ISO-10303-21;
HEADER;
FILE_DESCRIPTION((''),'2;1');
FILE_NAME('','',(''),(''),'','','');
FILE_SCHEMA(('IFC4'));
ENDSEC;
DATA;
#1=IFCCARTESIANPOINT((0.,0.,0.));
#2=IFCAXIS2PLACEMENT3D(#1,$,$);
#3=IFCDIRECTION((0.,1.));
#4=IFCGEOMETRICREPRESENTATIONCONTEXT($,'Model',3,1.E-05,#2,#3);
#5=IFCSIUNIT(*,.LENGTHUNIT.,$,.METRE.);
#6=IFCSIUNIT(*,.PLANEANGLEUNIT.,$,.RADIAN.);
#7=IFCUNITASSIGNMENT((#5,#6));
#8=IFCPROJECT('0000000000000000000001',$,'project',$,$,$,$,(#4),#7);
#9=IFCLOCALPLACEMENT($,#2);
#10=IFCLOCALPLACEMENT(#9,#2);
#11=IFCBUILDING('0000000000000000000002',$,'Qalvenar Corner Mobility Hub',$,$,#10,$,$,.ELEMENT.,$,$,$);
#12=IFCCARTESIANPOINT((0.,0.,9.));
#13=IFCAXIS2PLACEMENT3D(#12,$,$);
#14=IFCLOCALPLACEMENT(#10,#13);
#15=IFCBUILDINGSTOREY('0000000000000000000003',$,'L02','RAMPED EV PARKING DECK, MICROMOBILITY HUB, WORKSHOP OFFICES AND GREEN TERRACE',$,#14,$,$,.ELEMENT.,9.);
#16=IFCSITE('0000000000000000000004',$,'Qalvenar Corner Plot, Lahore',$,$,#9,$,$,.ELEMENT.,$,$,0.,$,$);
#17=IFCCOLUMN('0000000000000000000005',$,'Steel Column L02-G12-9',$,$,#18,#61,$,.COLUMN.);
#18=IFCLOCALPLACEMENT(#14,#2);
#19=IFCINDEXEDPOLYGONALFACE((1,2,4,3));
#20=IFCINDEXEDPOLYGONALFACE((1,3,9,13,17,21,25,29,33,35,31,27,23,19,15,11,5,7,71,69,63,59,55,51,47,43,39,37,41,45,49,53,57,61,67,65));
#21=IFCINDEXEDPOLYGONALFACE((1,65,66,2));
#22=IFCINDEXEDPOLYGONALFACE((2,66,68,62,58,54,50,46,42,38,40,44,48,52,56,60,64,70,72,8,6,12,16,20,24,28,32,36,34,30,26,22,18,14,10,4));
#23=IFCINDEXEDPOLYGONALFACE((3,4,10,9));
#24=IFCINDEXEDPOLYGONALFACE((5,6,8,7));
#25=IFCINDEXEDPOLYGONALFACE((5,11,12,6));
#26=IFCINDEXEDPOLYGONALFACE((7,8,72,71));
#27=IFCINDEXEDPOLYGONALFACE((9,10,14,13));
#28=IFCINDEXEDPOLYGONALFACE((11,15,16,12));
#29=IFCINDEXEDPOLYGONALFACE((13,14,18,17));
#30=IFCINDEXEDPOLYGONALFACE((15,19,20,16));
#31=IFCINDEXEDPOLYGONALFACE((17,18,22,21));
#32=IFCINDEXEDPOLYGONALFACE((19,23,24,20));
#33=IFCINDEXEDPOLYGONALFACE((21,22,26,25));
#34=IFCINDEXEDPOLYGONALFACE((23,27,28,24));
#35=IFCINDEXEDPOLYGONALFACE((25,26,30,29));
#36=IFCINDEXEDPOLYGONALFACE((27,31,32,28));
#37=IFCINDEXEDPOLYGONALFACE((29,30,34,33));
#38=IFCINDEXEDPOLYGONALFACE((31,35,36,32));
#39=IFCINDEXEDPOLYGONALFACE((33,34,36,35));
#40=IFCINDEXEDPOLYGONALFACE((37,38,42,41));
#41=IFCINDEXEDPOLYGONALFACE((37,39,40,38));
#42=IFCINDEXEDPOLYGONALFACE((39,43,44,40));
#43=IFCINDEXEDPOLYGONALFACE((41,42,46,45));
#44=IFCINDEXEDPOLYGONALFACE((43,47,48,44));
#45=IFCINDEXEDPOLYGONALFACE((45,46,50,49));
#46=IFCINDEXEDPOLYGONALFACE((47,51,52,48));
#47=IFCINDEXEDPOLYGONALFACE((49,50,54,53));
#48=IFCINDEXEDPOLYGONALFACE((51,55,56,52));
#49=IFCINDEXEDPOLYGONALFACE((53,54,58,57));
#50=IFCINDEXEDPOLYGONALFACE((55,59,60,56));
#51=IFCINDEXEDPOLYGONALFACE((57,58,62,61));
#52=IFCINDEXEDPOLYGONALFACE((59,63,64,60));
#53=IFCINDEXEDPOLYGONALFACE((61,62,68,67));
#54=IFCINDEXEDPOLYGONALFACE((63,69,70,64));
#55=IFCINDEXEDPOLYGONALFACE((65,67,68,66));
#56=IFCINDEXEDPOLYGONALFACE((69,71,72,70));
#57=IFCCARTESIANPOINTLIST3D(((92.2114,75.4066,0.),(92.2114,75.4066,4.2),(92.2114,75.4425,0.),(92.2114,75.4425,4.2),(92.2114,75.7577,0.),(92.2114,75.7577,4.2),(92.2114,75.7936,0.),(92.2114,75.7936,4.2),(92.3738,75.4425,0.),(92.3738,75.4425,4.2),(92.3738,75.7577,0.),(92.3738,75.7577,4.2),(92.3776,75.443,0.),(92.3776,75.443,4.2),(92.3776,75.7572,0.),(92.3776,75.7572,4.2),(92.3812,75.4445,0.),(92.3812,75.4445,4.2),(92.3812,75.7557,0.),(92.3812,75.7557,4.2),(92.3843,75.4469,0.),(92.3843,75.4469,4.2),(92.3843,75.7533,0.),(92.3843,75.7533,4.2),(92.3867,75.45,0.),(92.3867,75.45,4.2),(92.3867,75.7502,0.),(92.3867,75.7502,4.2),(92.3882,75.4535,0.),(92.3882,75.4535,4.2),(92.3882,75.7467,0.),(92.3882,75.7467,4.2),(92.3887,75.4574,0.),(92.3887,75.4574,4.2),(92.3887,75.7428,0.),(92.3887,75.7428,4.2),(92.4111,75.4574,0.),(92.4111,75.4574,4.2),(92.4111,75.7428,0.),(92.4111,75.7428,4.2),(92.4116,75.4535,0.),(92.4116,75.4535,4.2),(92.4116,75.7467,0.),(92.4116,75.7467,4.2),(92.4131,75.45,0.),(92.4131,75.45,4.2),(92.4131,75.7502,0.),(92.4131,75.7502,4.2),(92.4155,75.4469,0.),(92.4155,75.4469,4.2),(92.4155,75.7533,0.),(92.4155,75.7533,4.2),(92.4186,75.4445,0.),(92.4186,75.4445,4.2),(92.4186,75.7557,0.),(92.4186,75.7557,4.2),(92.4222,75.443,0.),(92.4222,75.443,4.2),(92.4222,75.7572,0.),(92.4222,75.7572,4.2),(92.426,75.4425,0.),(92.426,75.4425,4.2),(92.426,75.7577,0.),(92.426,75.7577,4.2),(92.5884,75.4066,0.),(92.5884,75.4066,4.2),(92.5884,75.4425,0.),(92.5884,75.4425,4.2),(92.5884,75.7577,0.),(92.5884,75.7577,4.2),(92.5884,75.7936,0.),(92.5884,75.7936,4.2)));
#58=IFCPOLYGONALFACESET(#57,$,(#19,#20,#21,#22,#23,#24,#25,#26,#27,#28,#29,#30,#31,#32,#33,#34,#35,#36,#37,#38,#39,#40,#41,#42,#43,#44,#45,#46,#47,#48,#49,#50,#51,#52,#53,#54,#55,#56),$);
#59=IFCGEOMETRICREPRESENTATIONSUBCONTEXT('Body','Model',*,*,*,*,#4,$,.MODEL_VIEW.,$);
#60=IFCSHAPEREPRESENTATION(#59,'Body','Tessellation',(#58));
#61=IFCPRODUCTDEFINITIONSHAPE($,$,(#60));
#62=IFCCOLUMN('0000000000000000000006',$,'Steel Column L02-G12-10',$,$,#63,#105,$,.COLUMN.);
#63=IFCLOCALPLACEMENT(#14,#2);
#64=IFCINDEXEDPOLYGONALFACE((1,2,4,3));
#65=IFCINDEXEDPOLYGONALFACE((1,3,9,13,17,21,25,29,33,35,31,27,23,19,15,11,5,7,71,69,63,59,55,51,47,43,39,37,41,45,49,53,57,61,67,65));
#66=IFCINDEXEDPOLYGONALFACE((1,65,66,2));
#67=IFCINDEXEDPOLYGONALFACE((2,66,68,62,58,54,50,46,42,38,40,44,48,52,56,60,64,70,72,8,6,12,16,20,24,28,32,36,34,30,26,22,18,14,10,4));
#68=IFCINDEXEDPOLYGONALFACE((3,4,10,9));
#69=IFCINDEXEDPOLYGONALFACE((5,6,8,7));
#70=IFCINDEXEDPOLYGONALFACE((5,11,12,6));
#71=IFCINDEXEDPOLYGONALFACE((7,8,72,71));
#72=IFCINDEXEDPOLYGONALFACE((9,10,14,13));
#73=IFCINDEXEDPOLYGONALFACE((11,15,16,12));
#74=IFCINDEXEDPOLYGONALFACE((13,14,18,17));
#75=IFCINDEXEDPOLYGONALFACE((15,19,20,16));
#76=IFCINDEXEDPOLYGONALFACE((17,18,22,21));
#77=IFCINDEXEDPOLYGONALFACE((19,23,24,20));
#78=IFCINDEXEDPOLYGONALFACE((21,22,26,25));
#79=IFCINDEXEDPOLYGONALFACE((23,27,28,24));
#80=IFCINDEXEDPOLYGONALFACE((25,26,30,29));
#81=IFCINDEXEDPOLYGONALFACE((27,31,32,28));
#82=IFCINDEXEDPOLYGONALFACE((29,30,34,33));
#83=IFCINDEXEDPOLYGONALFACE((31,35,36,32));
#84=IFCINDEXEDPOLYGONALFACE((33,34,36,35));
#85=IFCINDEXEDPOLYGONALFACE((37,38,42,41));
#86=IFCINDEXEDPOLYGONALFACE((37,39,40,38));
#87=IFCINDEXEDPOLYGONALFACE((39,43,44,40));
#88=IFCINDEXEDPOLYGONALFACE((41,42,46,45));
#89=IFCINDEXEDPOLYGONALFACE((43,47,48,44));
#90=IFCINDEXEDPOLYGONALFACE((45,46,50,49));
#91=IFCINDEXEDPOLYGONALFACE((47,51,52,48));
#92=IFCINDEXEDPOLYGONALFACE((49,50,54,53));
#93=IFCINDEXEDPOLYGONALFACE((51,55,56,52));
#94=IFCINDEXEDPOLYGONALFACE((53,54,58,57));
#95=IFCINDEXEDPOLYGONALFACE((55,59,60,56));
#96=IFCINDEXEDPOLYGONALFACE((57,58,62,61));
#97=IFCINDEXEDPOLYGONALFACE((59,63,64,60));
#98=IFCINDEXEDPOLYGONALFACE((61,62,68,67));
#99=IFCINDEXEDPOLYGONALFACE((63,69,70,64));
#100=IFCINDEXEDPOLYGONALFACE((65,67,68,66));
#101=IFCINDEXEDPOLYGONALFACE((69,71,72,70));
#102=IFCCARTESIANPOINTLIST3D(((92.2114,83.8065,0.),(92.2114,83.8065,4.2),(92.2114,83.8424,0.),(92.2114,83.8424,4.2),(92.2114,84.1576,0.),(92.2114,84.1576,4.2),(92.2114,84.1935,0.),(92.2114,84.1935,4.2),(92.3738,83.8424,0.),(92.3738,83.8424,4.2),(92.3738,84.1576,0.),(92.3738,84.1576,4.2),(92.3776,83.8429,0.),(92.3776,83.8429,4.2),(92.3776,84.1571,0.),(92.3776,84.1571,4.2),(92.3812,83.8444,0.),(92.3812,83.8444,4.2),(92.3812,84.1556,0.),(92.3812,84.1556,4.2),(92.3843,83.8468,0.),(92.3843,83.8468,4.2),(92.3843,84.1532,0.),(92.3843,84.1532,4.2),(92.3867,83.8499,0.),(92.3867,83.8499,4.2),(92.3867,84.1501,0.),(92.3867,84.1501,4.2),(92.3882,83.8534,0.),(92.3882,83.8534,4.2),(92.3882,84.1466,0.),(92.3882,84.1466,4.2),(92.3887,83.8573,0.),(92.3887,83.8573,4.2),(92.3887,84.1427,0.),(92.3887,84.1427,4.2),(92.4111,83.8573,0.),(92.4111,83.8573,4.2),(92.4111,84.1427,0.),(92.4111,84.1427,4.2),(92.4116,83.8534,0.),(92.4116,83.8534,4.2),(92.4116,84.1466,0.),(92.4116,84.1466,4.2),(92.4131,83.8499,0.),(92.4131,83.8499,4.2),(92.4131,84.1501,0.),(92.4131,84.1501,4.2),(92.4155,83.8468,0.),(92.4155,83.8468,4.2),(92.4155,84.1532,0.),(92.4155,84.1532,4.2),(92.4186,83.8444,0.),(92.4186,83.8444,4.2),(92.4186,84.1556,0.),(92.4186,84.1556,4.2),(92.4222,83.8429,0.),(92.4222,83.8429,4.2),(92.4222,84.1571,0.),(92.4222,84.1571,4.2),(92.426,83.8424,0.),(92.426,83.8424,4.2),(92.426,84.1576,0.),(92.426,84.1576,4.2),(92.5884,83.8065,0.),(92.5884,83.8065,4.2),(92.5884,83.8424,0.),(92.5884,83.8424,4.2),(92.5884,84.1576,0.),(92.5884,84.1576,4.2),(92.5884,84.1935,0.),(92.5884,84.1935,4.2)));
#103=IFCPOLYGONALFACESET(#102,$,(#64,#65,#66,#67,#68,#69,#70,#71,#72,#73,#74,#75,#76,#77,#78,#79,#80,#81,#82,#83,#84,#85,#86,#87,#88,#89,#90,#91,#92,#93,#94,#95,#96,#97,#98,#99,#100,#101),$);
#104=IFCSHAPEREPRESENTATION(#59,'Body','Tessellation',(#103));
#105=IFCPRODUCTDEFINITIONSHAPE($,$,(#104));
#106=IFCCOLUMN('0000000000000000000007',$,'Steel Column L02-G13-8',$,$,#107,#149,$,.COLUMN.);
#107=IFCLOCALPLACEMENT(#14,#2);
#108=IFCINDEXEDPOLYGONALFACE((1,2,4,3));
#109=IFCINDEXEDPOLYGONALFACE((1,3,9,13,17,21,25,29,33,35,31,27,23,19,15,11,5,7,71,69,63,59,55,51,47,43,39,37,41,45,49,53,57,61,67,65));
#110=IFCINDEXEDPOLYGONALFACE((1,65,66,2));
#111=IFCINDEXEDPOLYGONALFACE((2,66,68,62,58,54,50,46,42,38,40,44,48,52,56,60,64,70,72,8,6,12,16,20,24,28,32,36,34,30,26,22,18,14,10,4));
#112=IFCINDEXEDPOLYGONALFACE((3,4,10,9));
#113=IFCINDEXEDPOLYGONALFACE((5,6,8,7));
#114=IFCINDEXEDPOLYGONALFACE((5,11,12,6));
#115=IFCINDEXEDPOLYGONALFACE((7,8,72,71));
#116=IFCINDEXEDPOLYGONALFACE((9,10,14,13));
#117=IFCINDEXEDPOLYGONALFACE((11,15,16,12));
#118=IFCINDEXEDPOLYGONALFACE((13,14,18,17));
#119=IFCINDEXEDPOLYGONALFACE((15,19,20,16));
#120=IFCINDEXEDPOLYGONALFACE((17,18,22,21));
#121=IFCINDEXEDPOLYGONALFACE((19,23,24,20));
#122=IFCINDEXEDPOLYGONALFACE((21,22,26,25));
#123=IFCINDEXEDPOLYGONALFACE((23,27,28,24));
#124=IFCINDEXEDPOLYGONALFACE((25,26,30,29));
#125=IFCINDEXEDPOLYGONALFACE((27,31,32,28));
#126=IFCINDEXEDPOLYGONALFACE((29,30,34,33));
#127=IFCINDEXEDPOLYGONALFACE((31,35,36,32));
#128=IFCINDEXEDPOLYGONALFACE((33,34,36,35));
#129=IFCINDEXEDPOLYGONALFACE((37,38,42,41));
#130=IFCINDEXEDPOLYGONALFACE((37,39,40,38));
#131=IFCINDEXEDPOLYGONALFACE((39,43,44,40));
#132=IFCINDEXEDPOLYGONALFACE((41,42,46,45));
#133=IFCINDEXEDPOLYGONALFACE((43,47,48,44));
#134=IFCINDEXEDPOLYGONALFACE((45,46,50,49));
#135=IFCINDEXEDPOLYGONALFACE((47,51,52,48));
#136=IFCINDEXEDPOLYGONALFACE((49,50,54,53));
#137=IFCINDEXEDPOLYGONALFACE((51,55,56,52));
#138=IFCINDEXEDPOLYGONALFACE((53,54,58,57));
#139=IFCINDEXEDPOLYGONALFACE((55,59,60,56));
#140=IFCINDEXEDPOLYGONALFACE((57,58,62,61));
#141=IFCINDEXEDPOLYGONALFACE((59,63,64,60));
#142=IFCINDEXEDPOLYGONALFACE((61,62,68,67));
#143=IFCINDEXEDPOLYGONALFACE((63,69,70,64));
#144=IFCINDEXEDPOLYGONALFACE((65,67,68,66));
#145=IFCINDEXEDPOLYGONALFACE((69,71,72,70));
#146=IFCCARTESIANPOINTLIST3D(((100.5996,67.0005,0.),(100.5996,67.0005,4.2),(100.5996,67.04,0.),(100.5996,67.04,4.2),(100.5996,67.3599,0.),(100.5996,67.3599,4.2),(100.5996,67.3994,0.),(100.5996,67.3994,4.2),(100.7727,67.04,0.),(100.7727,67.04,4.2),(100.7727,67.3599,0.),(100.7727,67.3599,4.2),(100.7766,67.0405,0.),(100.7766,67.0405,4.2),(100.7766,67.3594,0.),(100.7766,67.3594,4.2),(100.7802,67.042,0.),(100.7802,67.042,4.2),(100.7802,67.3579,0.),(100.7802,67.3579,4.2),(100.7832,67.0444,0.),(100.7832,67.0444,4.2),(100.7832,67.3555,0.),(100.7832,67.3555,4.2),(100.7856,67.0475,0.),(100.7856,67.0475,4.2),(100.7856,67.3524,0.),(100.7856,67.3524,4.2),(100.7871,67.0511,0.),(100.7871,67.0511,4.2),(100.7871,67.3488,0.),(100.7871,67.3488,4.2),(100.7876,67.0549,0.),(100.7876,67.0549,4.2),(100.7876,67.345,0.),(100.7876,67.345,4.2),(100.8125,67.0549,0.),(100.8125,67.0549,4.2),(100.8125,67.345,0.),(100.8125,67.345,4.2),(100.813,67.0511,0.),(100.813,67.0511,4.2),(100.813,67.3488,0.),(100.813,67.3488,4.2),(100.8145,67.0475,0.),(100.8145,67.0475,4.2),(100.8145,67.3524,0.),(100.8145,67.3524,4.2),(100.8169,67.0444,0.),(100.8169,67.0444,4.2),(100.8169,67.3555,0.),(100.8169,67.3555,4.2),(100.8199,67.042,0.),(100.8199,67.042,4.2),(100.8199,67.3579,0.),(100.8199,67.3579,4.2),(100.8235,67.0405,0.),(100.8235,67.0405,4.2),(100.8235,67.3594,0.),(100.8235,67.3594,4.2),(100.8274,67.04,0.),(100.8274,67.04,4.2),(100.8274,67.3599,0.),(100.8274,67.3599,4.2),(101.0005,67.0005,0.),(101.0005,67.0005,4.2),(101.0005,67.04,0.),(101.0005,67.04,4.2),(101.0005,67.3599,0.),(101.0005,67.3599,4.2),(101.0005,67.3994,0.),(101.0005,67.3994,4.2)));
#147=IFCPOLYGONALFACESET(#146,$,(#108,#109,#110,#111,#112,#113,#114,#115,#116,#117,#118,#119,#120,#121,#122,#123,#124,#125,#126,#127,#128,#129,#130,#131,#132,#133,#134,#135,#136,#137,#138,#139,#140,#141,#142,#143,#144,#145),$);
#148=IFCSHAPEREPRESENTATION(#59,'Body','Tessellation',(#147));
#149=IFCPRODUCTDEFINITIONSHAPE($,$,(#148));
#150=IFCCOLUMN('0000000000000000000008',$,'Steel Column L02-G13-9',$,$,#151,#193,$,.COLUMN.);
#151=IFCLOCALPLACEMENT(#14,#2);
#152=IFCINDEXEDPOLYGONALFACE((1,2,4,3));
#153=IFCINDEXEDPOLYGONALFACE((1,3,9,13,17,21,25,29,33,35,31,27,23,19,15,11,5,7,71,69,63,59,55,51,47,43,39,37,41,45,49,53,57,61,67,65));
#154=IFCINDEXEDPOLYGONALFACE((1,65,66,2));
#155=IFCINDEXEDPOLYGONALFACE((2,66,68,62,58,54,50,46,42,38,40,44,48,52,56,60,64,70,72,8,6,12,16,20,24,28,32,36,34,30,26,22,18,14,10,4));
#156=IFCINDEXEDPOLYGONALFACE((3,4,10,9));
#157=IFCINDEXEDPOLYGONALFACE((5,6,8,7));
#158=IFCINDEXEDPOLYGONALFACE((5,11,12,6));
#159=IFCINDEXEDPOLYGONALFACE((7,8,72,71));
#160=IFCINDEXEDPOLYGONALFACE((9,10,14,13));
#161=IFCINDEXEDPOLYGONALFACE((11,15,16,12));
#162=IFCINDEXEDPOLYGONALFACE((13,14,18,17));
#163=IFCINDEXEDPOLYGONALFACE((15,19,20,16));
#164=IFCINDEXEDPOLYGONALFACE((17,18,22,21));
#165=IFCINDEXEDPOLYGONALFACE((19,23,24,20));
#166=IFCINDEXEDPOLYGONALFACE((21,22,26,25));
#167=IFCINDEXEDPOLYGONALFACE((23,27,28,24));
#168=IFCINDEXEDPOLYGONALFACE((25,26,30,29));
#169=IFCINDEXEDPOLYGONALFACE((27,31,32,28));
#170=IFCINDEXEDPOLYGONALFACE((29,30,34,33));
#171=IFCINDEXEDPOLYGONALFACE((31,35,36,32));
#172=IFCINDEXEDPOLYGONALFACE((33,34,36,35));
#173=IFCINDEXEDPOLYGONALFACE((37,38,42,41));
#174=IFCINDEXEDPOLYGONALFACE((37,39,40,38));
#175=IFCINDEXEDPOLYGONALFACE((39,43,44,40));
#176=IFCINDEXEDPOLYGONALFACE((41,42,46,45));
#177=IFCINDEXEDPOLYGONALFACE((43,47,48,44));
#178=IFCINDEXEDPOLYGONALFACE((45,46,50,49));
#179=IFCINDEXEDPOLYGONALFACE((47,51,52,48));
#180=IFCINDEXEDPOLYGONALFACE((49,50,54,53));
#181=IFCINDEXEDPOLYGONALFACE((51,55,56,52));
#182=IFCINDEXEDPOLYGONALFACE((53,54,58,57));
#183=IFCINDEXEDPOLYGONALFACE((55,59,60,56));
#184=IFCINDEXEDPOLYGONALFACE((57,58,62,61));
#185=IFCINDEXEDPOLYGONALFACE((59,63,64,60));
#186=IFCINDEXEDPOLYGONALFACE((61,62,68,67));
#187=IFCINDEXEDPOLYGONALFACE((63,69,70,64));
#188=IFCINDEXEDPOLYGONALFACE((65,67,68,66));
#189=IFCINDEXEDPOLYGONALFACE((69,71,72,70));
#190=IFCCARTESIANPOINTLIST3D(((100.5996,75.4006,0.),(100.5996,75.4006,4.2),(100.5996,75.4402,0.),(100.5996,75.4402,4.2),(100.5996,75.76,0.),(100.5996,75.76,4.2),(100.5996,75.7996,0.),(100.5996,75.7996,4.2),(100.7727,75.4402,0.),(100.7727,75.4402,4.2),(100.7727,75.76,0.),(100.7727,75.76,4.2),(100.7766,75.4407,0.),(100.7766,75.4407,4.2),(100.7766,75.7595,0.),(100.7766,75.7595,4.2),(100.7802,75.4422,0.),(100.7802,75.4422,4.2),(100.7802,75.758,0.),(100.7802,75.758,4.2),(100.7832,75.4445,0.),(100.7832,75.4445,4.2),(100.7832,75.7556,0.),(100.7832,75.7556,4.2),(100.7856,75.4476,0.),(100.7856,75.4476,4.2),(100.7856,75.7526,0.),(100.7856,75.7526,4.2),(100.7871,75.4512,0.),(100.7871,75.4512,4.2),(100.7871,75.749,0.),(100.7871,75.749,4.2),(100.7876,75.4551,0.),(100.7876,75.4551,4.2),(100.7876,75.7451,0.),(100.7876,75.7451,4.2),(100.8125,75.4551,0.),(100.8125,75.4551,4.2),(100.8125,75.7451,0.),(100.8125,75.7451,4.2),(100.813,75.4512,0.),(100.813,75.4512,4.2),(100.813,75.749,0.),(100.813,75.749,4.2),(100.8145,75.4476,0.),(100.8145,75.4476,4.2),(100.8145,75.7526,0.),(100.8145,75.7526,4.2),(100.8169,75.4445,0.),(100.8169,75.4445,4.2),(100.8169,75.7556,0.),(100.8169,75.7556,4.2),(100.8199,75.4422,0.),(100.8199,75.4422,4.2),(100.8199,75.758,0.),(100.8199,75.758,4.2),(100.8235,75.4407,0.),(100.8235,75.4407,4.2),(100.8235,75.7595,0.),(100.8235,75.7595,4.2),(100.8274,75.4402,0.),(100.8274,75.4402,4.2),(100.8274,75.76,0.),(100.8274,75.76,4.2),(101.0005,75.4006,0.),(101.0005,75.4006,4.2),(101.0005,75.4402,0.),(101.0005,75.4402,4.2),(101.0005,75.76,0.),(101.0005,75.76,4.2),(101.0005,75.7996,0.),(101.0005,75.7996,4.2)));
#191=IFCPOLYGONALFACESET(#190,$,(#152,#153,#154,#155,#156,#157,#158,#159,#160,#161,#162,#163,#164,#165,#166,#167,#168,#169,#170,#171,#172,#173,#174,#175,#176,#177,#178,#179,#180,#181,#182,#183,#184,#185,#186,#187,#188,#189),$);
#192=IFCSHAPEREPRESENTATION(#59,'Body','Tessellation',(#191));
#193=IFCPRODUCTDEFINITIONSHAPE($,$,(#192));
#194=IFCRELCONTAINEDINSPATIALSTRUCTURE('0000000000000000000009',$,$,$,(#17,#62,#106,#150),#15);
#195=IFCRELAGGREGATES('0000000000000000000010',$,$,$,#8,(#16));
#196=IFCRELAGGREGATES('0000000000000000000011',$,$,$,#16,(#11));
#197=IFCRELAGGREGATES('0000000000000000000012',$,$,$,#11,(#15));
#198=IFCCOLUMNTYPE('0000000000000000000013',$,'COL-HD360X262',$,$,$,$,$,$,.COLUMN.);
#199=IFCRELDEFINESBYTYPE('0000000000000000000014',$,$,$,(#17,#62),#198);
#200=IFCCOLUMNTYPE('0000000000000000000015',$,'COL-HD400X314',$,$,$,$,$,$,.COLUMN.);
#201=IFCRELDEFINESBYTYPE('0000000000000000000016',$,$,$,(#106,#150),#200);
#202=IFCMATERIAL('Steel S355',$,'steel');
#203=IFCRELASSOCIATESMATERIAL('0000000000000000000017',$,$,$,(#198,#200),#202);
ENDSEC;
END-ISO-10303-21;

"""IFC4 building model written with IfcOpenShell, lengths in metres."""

from ifc_helpers import new_model, si_unit, direction, frame, origin, origin_2d, place, context, subcontext, project, spatial, i_section, extrude, material, material_profile, profile_set, type_object, element, save


model = new_model("IFC4")

# Units and contexts
model_context = context("Model", 3, precision=1e-05, world=origin(), true_north=direction((0.0, 1.0)))
body_context = subcontext(model_context, "Body", "Model", "MODEL_VIEW")
ifc_project = project(units=[si_unit("LENGTHUNIT", "METRE"), si_unit("PLANEANGLEUNIT", "RADIAN")], contexts=[model_context])

# Site, building, storey
site_placement = place(None, origin())
site = spatial("IfcSite", under=ifc_project, at=site_placement, Name="Qalvenar Corner Plot, Lahore", CompositionType="ELEMENT", RefElevation=0.0)
building_placement = place(site_placement, origin())
building = spatial("IfcBuilding", under=site, at=building_placement, Name="Qalvenar Corner Mobility Hub", CompositionType="ELEMENT")
storey_placement = place(building_placement, frame((0.0, 0.0, 9.0)))
storey = spatial("IfcBuildingStorey", under=building, at=storey_placement, Name="L02", Description="RAMPED EV PARKING DECK, MICROMOBILITY HUB, WORKSHOP OFFICES AND GREEN TERRACE", CompositionType="ELEMENT", Elevation=9.0)

# Columns
ifc_material = material(Name="Steel S355", Category="steel")
ifc_material_profile_1 = material_profile(ifc_material, i_section(OverallWidth=0.377, OverallDepth=0.387, WebThickness=0.0225, FlangeThickness=0.0359, FilletRadius=0.0149, at=origin_2d()), Name="HD360x262")
ifc_profile_set_1 = profile_set([ifc_material_profile_1], Name="Steel S355")
column_type_1 = type_object("IfcColumnType", Name="COL-HD360X262", PredefinedType="COLUMN", material=ifc_profile_set_1)
for number, where, z_axis, x_axis, name in (
    (1, (92.3999, 75.6001, 0.0), (0.0, 0.0, 1.0), (1.0, 0.0, 0.0), "Steel Column L02-G12-9"),
    (2, (92.3999, 84.0, 0.0), (0.0, 0.0, 1.0), (1.0, 0.0, 0.0), "Steel Column L02-G12-10"),
):
    element("IfcColumn", number, at=place(storey_placement, frame(where, z_axis=z_axis, x_axis=x_axis)), inside=storey, type_object=column_type_1, Name=name, PredefinedType="COLUMN", context=body_context, shape_type="SweptSolid", body=[
        extrude(i_section(OverallWidth=0.377, OverallDepth=0.387, WebThickness=0.0225, FlangeThickness=0.0359, FilletRadius=0.0149, at=origin_2d()), origin(), (0.0, 0.0, 1.0), 4.2),
    ])
ifc_material_profile_2 = material_profile(ifc_material, i_section(OverallWidth=0.4009, OverallDepth=0.3989, WebThickness=0.0249, FlangeThickness=0.0396, FilletRadius=0.0149, at=origin_2d()), Name="HD400x314")
ifc_profile_set_2 = profile_set([ifc_material_profile_2], Name="Steel S355")
column_type_2 = type_object("IfcColumnType", Name="COL-HD400X314", PredefinedType="COLUMN", material=ifc_profile_set_2)
for number, where, z_axis, x_axis, name in (
    (3, (100.8, 67.2, 0.0), (0.0, 0.0, 1.0), (1.0, 0.0, 0.0), "Steel Column L02-G13-8"),
    (4, (100.8, 75.6001, 0.0), (0.0, 0.0, 1.0), (1.0, 0.0, 0.0), "Steel Column L02-G13-9"),
):
    element("IfcColumn", number, at=place(storey_placement, frame(where, z_axis=z_axis, x_axis=x_axis)), inside=storey, type_object=column_type_2, Name=name, PredefinedType="COLUMN", context=body_context, shape_type="SweptSolid", body=[
        extrude(i_section(OverallWidth=0.4009, OverallDepth=0.3989, WebThickness=0.0249, FlangeThickness=0.0396, FilletRadius=0.0149, at=origin_2d()), origin(), (0.0, 0.0, 1.0), 4.2),
    ])

save(model, "model.ifc")
